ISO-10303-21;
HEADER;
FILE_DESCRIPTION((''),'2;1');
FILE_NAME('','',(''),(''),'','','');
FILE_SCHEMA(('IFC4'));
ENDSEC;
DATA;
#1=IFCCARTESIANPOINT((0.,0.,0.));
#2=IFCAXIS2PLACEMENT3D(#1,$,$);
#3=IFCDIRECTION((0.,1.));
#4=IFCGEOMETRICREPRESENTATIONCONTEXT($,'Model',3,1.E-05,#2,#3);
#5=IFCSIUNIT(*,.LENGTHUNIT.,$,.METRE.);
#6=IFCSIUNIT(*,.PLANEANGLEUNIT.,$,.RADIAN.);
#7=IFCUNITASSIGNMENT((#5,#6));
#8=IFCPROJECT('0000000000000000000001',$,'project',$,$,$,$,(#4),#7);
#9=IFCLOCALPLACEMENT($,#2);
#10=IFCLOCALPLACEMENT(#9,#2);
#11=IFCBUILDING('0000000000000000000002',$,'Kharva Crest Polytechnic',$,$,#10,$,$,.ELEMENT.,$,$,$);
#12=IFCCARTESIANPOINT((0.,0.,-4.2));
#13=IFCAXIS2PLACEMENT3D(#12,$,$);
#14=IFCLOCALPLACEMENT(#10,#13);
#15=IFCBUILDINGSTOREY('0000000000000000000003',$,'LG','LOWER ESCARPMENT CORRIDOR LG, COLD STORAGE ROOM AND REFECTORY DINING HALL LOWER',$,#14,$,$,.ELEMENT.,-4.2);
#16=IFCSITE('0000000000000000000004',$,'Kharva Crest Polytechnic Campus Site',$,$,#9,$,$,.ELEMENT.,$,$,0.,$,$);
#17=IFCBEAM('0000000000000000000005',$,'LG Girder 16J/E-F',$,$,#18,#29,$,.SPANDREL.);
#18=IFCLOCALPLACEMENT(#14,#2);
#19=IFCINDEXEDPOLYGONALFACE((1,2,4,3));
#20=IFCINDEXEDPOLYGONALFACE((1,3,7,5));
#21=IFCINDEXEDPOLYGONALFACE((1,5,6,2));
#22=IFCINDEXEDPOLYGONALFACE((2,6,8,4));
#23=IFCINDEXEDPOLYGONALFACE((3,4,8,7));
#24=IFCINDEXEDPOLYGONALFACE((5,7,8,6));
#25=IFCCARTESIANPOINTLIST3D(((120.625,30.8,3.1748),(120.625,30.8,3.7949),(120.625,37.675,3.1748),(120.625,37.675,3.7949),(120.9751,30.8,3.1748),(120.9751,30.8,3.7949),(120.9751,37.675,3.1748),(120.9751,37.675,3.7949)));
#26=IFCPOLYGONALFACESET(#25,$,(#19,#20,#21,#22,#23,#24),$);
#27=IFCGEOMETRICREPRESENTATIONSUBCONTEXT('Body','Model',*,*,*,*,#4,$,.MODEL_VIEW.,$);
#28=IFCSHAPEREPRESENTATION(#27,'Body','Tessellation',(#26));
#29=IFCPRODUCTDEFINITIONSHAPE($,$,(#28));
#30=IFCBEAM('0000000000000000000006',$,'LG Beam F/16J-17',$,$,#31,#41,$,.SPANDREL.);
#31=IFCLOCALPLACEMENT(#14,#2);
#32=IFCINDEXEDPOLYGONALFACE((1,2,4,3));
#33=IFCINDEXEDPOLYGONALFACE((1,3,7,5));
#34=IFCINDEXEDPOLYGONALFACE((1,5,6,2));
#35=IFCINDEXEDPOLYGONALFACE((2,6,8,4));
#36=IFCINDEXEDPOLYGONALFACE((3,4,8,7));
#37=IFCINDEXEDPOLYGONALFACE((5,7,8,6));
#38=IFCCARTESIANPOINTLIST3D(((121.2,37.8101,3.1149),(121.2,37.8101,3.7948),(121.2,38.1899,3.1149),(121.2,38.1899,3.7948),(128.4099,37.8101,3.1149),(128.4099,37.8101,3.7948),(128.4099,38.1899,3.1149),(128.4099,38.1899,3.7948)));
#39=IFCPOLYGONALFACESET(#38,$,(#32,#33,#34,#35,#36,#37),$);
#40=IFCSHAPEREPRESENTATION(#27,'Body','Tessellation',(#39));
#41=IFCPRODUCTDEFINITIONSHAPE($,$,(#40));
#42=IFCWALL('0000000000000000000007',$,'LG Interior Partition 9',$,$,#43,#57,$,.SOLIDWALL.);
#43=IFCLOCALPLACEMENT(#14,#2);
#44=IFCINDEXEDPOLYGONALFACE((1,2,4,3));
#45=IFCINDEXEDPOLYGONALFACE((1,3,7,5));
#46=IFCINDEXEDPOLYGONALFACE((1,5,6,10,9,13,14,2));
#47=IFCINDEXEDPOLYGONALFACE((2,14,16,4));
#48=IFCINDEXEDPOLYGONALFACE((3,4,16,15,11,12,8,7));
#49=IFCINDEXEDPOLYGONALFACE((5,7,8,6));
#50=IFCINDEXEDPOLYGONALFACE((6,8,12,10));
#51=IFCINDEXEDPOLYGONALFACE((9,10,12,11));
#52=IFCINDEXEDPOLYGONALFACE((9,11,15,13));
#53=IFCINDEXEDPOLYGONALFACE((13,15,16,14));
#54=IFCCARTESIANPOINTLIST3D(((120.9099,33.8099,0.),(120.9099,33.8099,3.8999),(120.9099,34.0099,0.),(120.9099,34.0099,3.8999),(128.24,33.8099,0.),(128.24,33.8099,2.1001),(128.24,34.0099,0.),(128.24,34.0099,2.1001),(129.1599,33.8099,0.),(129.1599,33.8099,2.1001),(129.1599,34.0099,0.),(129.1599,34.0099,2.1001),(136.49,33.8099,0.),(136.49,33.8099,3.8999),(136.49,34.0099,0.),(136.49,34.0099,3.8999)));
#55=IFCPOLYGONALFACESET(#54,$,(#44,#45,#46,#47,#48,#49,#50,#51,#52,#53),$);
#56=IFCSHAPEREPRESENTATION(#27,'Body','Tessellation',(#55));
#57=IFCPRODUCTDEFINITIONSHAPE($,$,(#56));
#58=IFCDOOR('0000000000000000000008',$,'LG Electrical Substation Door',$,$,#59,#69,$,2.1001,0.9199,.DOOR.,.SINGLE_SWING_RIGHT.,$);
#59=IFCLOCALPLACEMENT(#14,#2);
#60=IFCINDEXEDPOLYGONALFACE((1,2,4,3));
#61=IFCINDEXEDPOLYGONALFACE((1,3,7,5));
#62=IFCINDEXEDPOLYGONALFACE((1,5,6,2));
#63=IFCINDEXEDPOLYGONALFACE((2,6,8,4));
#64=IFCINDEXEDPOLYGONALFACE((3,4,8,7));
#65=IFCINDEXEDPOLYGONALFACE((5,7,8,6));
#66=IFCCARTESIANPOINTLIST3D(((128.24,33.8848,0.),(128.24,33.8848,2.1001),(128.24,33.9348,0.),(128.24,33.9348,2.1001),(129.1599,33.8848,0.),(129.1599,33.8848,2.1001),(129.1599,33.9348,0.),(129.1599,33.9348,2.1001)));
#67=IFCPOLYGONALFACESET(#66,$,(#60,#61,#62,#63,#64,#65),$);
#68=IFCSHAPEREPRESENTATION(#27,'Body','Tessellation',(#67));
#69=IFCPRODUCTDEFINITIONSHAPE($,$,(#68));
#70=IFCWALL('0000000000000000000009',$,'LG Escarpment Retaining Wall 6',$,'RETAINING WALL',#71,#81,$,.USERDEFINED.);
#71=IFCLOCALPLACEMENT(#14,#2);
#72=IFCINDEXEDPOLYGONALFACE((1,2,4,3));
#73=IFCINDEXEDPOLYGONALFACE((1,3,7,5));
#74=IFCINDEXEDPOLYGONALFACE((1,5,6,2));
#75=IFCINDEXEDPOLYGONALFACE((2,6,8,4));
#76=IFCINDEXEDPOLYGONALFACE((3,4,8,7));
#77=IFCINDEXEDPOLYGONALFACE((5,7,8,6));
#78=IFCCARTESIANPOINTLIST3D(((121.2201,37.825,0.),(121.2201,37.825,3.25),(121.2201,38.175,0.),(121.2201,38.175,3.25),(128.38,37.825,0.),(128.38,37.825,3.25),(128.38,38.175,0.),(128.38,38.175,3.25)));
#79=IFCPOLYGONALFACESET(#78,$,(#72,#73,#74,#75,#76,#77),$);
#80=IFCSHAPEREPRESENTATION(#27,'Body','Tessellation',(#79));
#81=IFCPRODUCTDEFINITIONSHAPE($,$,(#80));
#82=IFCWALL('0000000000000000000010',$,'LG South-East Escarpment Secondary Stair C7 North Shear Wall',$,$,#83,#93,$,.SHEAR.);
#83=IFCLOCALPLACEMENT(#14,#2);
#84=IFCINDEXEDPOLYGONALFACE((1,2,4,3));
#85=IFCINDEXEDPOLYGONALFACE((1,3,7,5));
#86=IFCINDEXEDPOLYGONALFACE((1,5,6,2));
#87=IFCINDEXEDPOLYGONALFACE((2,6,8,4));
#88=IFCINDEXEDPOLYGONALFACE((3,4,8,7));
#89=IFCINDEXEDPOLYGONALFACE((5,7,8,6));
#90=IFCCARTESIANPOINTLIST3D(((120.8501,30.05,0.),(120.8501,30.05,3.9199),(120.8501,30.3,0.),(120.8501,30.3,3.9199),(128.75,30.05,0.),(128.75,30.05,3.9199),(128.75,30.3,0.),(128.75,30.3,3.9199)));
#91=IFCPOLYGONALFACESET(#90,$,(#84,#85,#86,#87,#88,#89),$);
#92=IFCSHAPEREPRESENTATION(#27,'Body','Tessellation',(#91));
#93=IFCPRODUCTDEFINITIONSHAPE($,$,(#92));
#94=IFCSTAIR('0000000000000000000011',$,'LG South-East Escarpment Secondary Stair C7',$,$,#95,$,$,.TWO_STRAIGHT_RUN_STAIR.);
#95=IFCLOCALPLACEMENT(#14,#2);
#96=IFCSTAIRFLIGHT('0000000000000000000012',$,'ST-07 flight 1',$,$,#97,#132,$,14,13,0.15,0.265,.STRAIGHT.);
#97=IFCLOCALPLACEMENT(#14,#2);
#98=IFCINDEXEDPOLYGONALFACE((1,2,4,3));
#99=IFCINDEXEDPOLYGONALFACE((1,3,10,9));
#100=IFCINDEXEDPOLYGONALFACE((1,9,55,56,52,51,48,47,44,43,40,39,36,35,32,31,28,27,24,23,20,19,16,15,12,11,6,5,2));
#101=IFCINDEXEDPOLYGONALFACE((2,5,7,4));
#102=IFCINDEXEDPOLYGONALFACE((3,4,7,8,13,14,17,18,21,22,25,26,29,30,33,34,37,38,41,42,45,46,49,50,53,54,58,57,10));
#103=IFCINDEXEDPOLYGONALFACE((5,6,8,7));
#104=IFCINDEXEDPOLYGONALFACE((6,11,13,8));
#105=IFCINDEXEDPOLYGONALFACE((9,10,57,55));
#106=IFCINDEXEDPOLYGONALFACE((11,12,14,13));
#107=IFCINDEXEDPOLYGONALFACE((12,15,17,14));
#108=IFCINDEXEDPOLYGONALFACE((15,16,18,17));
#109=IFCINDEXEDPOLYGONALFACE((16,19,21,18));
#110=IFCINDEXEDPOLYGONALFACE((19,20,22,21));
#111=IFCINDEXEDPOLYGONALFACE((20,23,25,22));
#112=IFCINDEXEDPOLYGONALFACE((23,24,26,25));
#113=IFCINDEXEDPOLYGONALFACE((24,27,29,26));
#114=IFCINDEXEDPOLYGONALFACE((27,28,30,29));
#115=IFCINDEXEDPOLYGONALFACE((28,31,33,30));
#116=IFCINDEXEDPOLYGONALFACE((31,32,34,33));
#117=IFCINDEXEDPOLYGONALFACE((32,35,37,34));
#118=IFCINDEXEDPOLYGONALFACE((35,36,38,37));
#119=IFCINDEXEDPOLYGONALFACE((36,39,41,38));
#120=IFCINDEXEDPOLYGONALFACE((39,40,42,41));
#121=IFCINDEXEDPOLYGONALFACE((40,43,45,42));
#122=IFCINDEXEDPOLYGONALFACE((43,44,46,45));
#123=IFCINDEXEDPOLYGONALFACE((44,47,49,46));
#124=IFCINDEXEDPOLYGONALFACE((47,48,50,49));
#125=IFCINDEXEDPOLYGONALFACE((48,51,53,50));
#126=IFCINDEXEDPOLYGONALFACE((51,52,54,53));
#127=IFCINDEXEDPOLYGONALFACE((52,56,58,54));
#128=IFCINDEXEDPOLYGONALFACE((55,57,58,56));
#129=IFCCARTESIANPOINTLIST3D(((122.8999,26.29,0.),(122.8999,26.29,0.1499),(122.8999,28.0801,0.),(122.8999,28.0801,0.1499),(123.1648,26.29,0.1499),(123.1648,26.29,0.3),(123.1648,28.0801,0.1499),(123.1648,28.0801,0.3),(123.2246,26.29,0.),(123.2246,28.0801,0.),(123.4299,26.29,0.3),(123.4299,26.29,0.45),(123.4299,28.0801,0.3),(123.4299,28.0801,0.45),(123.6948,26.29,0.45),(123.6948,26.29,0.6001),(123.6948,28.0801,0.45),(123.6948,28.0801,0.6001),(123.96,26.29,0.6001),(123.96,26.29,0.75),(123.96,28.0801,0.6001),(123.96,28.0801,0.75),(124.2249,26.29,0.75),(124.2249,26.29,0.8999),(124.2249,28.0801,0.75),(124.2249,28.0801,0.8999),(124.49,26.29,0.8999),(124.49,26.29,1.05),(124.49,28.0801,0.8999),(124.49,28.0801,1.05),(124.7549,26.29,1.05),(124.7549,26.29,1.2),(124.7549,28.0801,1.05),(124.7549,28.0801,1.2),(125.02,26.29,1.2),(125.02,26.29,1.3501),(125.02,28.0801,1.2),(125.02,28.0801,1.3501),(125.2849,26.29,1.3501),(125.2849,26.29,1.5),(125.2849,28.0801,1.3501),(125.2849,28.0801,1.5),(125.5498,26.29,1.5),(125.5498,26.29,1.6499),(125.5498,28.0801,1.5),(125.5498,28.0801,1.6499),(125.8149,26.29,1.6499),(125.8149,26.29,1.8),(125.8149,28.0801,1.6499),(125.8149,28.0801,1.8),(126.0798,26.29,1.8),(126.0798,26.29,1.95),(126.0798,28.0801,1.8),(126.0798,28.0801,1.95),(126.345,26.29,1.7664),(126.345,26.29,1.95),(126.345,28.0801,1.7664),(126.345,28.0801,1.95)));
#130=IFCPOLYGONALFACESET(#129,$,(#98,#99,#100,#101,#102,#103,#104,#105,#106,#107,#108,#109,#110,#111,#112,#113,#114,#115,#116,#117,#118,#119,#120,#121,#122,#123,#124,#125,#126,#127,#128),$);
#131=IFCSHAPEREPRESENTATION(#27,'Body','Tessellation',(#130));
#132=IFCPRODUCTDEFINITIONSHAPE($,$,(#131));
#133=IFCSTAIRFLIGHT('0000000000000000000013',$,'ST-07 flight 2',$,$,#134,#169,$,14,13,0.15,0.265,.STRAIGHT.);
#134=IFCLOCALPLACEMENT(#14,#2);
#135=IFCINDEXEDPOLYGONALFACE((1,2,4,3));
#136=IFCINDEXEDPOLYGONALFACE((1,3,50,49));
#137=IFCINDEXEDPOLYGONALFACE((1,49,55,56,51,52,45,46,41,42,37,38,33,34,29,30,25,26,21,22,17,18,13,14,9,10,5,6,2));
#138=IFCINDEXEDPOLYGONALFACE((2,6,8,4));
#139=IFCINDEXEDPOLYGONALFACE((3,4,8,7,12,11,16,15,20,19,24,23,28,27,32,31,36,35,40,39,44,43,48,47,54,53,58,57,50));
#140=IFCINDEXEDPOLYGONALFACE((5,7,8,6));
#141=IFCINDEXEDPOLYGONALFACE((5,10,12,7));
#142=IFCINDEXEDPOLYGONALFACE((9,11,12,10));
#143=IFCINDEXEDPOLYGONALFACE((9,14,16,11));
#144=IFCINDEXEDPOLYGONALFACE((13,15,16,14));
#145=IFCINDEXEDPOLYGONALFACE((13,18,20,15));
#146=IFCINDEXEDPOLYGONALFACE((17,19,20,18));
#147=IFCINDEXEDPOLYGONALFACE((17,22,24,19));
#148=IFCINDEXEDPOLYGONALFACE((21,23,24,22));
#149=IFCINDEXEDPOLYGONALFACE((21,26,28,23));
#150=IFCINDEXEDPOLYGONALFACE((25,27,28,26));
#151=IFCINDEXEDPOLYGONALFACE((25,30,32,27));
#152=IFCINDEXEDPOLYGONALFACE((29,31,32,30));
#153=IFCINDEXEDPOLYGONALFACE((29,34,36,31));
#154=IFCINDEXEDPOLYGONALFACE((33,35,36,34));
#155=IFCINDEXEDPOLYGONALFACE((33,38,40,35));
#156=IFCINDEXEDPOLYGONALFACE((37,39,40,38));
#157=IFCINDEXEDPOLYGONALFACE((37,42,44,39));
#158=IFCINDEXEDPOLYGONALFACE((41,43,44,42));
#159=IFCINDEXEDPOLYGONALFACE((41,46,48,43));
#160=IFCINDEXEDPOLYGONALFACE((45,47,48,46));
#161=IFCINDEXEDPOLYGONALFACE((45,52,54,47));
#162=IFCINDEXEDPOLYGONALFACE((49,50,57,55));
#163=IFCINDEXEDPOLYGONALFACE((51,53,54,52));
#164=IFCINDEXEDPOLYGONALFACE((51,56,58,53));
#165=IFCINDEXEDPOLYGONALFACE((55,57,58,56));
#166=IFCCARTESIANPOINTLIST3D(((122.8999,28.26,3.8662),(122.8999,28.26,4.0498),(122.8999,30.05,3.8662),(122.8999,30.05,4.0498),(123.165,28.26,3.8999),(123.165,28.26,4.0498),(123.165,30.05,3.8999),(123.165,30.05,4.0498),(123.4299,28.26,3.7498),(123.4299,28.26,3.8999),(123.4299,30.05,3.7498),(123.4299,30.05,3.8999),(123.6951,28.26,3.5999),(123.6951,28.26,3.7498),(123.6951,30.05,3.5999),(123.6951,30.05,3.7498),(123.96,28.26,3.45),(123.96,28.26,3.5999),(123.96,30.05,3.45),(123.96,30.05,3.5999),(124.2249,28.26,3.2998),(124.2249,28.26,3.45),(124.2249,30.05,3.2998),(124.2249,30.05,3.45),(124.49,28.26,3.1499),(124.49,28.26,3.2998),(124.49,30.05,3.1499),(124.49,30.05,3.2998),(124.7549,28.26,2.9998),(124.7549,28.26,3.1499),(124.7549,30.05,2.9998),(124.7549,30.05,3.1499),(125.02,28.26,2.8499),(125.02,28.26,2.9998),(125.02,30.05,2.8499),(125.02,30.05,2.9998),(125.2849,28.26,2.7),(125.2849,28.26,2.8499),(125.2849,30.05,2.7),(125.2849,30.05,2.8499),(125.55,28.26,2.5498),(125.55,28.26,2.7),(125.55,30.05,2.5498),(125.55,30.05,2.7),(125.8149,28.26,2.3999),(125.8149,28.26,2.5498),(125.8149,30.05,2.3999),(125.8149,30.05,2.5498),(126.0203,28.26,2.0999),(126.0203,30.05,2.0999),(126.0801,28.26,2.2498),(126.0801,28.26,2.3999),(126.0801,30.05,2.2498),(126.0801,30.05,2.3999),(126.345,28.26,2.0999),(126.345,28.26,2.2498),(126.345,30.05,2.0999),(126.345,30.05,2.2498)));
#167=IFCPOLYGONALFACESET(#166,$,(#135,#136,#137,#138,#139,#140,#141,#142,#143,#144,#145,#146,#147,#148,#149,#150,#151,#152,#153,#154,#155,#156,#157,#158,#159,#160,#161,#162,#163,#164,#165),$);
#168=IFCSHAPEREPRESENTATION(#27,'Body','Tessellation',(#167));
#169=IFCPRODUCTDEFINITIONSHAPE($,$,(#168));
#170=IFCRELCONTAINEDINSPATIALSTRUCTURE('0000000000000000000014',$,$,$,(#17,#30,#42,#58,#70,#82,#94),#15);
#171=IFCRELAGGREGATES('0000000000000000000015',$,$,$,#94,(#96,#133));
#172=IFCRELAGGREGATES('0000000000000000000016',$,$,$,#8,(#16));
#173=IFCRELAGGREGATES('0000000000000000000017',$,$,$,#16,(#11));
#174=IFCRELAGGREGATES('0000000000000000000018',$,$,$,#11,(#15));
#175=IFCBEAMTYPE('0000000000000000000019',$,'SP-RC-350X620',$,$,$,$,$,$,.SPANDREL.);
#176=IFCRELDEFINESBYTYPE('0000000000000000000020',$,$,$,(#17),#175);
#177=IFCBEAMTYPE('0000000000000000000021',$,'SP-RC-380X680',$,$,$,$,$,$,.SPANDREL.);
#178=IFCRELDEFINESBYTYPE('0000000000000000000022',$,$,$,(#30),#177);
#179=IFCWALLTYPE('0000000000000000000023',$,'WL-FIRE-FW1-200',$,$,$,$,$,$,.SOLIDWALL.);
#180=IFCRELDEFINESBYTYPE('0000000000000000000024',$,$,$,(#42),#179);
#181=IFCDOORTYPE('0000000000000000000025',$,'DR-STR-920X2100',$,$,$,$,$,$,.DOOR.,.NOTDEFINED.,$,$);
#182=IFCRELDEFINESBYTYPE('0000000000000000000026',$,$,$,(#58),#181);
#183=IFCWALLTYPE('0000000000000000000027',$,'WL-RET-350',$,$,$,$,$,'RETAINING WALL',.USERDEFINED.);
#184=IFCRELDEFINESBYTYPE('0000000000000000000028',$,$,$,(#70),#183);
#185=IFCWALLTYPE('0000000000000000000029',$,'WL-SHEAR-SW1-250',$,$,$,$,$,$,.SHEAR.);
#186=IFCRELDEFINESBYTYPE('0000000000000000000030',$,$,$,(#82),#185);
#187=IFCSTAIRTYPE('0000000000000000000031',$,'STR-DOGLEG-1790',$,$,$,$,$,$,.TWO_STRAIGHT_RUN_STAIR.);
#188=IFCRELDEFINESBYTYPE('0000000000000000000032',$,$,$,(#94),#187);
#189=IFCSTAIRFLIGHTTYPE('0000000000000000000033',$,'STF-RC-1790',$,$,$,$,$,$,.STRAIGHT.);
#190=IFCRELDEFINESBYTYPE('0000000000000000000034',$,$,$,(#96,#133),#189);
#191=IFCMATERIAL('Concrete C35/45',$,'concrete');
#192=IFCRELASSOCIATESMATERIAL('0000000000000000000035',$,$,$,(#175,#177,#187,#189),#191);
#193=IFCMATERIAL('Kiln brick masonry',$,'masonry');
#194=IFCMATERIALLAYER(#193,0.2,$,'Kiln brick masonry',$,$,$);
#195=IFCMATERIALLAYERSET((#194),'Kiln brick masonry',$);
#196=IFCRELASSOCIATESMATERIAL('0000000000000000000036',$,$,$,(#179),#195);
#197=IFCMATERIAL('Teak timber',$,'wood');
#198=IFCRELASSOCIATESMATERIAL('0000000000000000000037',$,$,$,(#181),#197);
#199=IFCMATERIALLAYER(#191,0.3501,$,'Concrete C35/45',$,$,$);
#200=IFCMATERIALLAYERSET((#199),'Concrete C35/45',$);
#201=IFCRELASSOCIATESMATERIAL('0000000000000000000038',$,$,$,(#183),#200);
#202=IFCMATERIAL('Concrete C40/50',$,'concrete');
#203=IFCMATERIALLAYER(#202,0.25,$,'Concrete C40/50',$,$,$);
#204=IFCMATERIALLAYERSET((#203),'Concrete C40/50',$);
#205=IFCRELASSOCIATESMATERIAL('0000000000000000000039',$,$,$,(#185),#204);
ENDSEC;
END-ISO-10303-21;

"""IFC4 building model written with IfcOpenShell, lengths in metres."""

from ifc_helpers import new_model, si_unit, direction, frame, frame_2d, origin, origin_2d, place, context, subcontext, project, spatial, polyline, rectangle, outline, extrude, material, layer, layer_set, material_profile, profile_set, type_object, element, fill, aggregate, save


model = new_model("IFC4")

# Units and contexts
model_context = context("Model", 3, precision=1e-05, world=origin(), true_north=direction((0.0, 1.0)))
body_context = subcontext(model_context, "Body", "Model", "MODEL_VIEW")
ifc_project = project(units=[si_unit("LENGTHUNIT", "METRE"), si_unit("PLANEANGLEUNIT", "RADIAN")], contexts=[model_context])

# Site, building, storey
site_placement = place(None, origin())
site = spatial("IfcSite", under=ifc_project, at=site_placement, Name="Kharva Crest Polytechnic Campus Site", CompositionType="ELEMENT", RefElevation=0.0)
building_placement = place(site_placement, origin())
building = spatial("IfcBuilding", under=site, at=building_placement, Name="Kharva Crest Polytechnic", CompositionType="ELEMENT")
storey_placement = place(building_placement, frame((0.0, 0.0, -4.2)))
storey = spatial("IfcBuildingStorey", under=building, at=storey_placement, Name="LG", Description="LOWER ESCARPMENT CORRIDOR LG, COLD STORAGE ROOM AND REFECTORY DINING HALL LOWER", CompositionType="ELEMENT", Elevation=-4.2)

# Shared definitions
ifc_material_1 = material(Name="Concrete C35/45", Category="concrete")

# Beams
ifc_material_profile_1 = material_profile(ifc_material_1, rectangle(XDim=0.3501, YDim=0.6201, at=origin_2d()), Name="RECT 350 X 620")
ifc_profile_set_1 = profile_set([ifc_material_profile_1], Name="Concrete C35/45")
beam_type_1 = type_object("IfcBeamType", Name="SP-RC-350X620", PredefinedType="SPANDREL", material=ifc_profile_set_1)
beam_1_placement = place(storey_placement, frame((120.8, 30.8, 3.4849), z_axis=(0.0, 1.0, 0.0), x_axis=(-1.0, 0.0, 0.0)))
element("IfcBeam", 1, at=beam_1_placement, inside=storey, type_object=beam_type_1, Name="LG Girder 16J/E-F", PredefinedType="SPANDREL", context=body_context, shape_type="SweptSolid", body=[
    extrude(rectangle(XDim=0.3501, YDim=0.6201, at=origin_2d()), origin(), (0.0, 0.0, 1.0), 6.875),
])
ifc_material_profile_2 = material_profile(ifc_material_1, rectangle(XDim=0.3799, YDim=0.6799, at=origin_2d()), Name="RECT 380 X 680")
ifc_profile_set_2 = profile_set([ifc_material_profile_2], Name="Concrete C35/45")
beam_type_2 = type_object("IfcBeamType", Name="SP-RC-380X680", PredefinedType="SPANDREL", material=ifc_profile_set_2)
beam_2_placement = place(storey_placement, frame((121.2, 38.0, 3.4548), z_axis=(1.0, 0.0, 0.0), x_axis=(0.0, 1.0, 0.0)))
element("IfcBeam", 2, at=beam_2_placement, inside=storey, type_object=beam_type_2, Name="LG Beam F/16J-17", PredefinedType="SPANDREL", context=body_context, shape_type="SweptSolid", body=[
    extrude(rectangle(XDim=0.3799, YDim=0.6799, at=origin_2d()), origin(), (0.0, 0.0, 1.0), 7.21),
])

# Wall, opening, door
ifc_material_2 = material(Name="Kiln brick masonry", Category="masonry")
ifc_layer_1 = layer(ifc_material_2, 0.2, Name="Kiln brick masonry")
ifc_layer_set_1 = layer_set([ifc_layer_1], Name="Kiln brick masonry")
wall_type_1 = type_object("IfcWallType", Name="WL-FIRE-FW1-200", PredefinedType="SOLIDWALL", material=ifc_layer_set_1)
wall_1_placement = place(storey_placement, frame((120.9099, 33.9099, 0.0), z_axis=(0.0, 0.0, 1.0), x_axis=(1.0, 0.0, 0.0)))
wall_1 = element("IfcWall", 3, at=wall_1_placement, inside=storey, type_object=wall_type_1, Name="LG Interior Partition 9", PredefinedType="SOLIDWALL", context=body_context, shape_type="SweptSolid", body=[
    extrude(rectangle(XDim=15.5801, YDim=0.2, at=frame_2d((7.79, 0.0))), origin(), (0.0, 0.0, 1.0), 3.8999),
])
opening_placement = place(wall_1_placement, frame((7.3301, 0.0, 0.0)))
opening = element("IfcOpeningElement", 4, at=opening_placement, cuts=wall_1, PredefinedType="OPENING", context=body_context, shape_type="SweptSolid", body=[
    extrude(rectangle(XDim=0.9199, YDim=2.1001, at=frame_2d((0.46, 1.05))), frame((0.0, 0.1099, 0.0), z_axis=(0.0, -1.0, 0.0), x_axis=(1.0, 0.0, 0.0)), (0.0, 0.0, 1.0), 0.22),
])
ifc_material_3 = material(Name="Teak timber", Category="wood")
door_type = type_object("IfcDoorType", Name="DR-STR-920X2100", OperationType="NOTDEFINED", PredefinedType="DOOR", material=ifc_material_3)
door_placement = place(opening_placement, origin())
door = element("IfcDoor", 5, at=door_placement, inside=storey, type_object=door_type, Name="LG Electrical Substation Door", OperationType="SINGLE_SWING_RIGHT", OverallHeight=2.1001, OverallWidth=0.9199, PredefinedType="DOOR", context=body_context, shape_type="SweptSolid", body=[
    extrude(rectangle(XDim=0.9199, YDim=2.1001, at=frame_2d((0.46, 1.05))), frame((0.0, 0.0249, 0.0), z_axis=(0.0, -1.0, 0.0), x_axis=(1.0, 0.0, 0.0)), (0.0, 0.0, 1.0), 0.05),
])
fill(opening, door)

# Walls
ifc_layer_2 = layer(ifc_material_1, 0.3501, Name="Concrete C35/45")
ifc_layer_set_2 = layer_set([ifc_layer_2], Name="Concrete C35/45")
wall_type_2 = type_object("IfcWallType", Name="WL-RET-350", ElementType="RETAINING WALL", PredefinedType="USERDEFINED", material=ifc_layer_set_2)
wall_2_placement = place(storey_placement, frame((121.22, 38.0, 0.0), z_axis=(0.0, 0.0, 1.0), x_axis=(1.0, 0.0, 0.0)))
element("IfcWall", 6, at=wall_2_placement, inside=storey, type_object=wall_type_2, Name="LG Escarpment Retaining Wall 6", ObjectType="RETAINING WALL", PredefinedType="USERDEFINED", context=body_context, shape_type="SweptSolid", body=[
    extrude(rectangle(XDim=7.1599, YDim=0.3501, at=frame_2d((3.5801, 0.0))), origin(), (0.0, 0.0, 1.0), 3.25),
])
ifc_material_4 = material(Name="Concrete C40/50", Category="concrete")
ifc_layer_3 = layer(ifc_material_4, 0.25, Name="Concrete C40/50")
ifc_layer_set_3 = layer_set([ifc_layer_3], Name="Concrete C40/50")
wall_type_3 = type_object("IfcWallType", Name="WL-SHEAR-SW1-250", PredefinedType="SHEAR", material=ifc_layer_set_3)
wall_3_placement = place(storey_placement, frame((120.8501, 30.175, 0.0), z_axis=(0.0, 0.0, 1.0), x_axis=(1.0, 0.0, 0.0)))
element("IfcWall", 7, at=wall_3_placement, inside=storey, type_object=wall_type_3, Name="LG South-East Escarpment Secondary Stair C7 North Shear Wall", PredefinedType="SHEAR", context=body_context, shape_type="SweptSolid", body=[
    extrude(rectangle(XDim=7.8999, YDim=0.25, at=frame_2d((3.95, 0.0))), origin(), (0.0, 0.0, 1.0), 3.9199),
])

# Stair, stair flights
stair_type = type_object("IfcStairType", Name="STR-DOGLEG-1790", PredefinedType="TWO_STRAIGHT_RUN_STAIR", material=ifc_material_1)
stair_placement = place(storey_placement, origin())
stair = element("IfcStair", 8, at=stair_placement, inside=storey, type_object=stair_type, Name="LG South-East Escarpment Secondary Stair C7", PredefinedType="TWO_STRAIGHT_RUN_STAIR")
stair_flight_type = type_object("IfcStairFlightType", Name="STF-RC-1790", PredefinedType="STRAIGHT", material=ifc_material_1)
stair_flight_1_placement = place(storey_placement, frame((122.8999, 27.1851, 0.0), z_axis=(0.0, 0.0, 1.0), x_axis=(1.0, 0.0, 0.0)))
stair_flight_1 = element("IfcStairFlight", 9, at=stair_flight_1_placement, type_object=stair_flight_type, Name="ST-07 flight 1", NumberOfRisers=14, NumberOfTreads=13, PredefinedType="STRAIGHT", RiserHeight=0.15, TreadLength=0.265, context=body_context, shape_type="SweptSolid", body=[
    extrude(outline(polyline([(0.0, 0.0), (0.0, 0.1499), (0.2649, 0.1499), (0.2649, 0.3), (0.53, 0.3), (0.53, 0.45), (0.7949, 0.45), (0.7949, 0.6001), (1.0601, 0.6001), (1.0601, 0.75), (1.325, 0.75), (1.325, 0.8999), (1.5901, 0.8999), (1.5901, 1.05), (1.855, 1.05), (1.855, 1.2), (2.1201, 1.2), (2.1201, 1.3501), (2.385, 1.3501), (2.385, 1.5), (2.6499, 1.5), (2.6499, 1.6499), (2.915, 1.6499), (2.915, 1.8), (3.1799, 1.8), (3.1799, 1.95), (3.4451, 1.95), (3.4451, 2.1001), (3.4451, 1.7664), (0.3247, 0.0), (0.0, 0.0)])), frame((0.0, 0.895, 0.0), z_axis=(0.0, -1.0, 0.0), x_axis=(1.0, 0.0, 0.0)), (0.0, 0.0, 1.0), 1.79),
])
stair_flight_2_placement = place(storey_placement, frame((126.345, 29.155, 2.0999), z_axis=(0.0, 0.0, 1.0), x_axis=(-1.0, 0.0, 0.0)))
stair_flight_2 = element("IfcStairFlight", 10, at=stair_flight_2_placement, type_object=stair_flight_type, Name="ST-07 flight 2", NumberOfRisers=14, NumberOfTreads=13, PredefinedType="STRAIGHT", RiserHeight=0.15, TreadLength=0.265, context=body_context, shape_type="SweptSolid", body=[
    extrude(outline(polyline([(0.0, 0.0), (0.0, 0.1499), (0.2649, 0.1499), (0.2649, 0.3), (0.53, 0.3), (0.53, 0.45), (0.7949, 0.45), (0.7949, 0.6001), (1.0601, 0.6001), (1.0601, 0.75), (1.325, 0.75), (1.325, 0.8999), (1.5901, 0.8999), (1.5901, 1.05), (1.855, 1.05), (1.855, 1.2), (2.1201, 1.2), (2.1201, 1.3501), (2.385, 1.3501), (2.385, 1.5), (2.6499, 1.5), (2.6499, 1.6499), (2.915, 1.6499), (2.915, 1.8), (3.1799, 1.8), (3.1799, 1.95), (3.4451, 1.95), (3.4451, 2.1001), (3.4451, 1.7664), (0.3247, 0.0), (0.0, 0.0)])), frame((0.0, 0.895, 0.0), z_axis=(0.0, -1.0, 0.0), x_axis=(1.0, 0.0, 0.0)), (0.0, 0.0, 1.0), 1.79),
])
aggregate(stair, [stair_flight_1, stair_flight_2])

save(model, "model.ifc")
